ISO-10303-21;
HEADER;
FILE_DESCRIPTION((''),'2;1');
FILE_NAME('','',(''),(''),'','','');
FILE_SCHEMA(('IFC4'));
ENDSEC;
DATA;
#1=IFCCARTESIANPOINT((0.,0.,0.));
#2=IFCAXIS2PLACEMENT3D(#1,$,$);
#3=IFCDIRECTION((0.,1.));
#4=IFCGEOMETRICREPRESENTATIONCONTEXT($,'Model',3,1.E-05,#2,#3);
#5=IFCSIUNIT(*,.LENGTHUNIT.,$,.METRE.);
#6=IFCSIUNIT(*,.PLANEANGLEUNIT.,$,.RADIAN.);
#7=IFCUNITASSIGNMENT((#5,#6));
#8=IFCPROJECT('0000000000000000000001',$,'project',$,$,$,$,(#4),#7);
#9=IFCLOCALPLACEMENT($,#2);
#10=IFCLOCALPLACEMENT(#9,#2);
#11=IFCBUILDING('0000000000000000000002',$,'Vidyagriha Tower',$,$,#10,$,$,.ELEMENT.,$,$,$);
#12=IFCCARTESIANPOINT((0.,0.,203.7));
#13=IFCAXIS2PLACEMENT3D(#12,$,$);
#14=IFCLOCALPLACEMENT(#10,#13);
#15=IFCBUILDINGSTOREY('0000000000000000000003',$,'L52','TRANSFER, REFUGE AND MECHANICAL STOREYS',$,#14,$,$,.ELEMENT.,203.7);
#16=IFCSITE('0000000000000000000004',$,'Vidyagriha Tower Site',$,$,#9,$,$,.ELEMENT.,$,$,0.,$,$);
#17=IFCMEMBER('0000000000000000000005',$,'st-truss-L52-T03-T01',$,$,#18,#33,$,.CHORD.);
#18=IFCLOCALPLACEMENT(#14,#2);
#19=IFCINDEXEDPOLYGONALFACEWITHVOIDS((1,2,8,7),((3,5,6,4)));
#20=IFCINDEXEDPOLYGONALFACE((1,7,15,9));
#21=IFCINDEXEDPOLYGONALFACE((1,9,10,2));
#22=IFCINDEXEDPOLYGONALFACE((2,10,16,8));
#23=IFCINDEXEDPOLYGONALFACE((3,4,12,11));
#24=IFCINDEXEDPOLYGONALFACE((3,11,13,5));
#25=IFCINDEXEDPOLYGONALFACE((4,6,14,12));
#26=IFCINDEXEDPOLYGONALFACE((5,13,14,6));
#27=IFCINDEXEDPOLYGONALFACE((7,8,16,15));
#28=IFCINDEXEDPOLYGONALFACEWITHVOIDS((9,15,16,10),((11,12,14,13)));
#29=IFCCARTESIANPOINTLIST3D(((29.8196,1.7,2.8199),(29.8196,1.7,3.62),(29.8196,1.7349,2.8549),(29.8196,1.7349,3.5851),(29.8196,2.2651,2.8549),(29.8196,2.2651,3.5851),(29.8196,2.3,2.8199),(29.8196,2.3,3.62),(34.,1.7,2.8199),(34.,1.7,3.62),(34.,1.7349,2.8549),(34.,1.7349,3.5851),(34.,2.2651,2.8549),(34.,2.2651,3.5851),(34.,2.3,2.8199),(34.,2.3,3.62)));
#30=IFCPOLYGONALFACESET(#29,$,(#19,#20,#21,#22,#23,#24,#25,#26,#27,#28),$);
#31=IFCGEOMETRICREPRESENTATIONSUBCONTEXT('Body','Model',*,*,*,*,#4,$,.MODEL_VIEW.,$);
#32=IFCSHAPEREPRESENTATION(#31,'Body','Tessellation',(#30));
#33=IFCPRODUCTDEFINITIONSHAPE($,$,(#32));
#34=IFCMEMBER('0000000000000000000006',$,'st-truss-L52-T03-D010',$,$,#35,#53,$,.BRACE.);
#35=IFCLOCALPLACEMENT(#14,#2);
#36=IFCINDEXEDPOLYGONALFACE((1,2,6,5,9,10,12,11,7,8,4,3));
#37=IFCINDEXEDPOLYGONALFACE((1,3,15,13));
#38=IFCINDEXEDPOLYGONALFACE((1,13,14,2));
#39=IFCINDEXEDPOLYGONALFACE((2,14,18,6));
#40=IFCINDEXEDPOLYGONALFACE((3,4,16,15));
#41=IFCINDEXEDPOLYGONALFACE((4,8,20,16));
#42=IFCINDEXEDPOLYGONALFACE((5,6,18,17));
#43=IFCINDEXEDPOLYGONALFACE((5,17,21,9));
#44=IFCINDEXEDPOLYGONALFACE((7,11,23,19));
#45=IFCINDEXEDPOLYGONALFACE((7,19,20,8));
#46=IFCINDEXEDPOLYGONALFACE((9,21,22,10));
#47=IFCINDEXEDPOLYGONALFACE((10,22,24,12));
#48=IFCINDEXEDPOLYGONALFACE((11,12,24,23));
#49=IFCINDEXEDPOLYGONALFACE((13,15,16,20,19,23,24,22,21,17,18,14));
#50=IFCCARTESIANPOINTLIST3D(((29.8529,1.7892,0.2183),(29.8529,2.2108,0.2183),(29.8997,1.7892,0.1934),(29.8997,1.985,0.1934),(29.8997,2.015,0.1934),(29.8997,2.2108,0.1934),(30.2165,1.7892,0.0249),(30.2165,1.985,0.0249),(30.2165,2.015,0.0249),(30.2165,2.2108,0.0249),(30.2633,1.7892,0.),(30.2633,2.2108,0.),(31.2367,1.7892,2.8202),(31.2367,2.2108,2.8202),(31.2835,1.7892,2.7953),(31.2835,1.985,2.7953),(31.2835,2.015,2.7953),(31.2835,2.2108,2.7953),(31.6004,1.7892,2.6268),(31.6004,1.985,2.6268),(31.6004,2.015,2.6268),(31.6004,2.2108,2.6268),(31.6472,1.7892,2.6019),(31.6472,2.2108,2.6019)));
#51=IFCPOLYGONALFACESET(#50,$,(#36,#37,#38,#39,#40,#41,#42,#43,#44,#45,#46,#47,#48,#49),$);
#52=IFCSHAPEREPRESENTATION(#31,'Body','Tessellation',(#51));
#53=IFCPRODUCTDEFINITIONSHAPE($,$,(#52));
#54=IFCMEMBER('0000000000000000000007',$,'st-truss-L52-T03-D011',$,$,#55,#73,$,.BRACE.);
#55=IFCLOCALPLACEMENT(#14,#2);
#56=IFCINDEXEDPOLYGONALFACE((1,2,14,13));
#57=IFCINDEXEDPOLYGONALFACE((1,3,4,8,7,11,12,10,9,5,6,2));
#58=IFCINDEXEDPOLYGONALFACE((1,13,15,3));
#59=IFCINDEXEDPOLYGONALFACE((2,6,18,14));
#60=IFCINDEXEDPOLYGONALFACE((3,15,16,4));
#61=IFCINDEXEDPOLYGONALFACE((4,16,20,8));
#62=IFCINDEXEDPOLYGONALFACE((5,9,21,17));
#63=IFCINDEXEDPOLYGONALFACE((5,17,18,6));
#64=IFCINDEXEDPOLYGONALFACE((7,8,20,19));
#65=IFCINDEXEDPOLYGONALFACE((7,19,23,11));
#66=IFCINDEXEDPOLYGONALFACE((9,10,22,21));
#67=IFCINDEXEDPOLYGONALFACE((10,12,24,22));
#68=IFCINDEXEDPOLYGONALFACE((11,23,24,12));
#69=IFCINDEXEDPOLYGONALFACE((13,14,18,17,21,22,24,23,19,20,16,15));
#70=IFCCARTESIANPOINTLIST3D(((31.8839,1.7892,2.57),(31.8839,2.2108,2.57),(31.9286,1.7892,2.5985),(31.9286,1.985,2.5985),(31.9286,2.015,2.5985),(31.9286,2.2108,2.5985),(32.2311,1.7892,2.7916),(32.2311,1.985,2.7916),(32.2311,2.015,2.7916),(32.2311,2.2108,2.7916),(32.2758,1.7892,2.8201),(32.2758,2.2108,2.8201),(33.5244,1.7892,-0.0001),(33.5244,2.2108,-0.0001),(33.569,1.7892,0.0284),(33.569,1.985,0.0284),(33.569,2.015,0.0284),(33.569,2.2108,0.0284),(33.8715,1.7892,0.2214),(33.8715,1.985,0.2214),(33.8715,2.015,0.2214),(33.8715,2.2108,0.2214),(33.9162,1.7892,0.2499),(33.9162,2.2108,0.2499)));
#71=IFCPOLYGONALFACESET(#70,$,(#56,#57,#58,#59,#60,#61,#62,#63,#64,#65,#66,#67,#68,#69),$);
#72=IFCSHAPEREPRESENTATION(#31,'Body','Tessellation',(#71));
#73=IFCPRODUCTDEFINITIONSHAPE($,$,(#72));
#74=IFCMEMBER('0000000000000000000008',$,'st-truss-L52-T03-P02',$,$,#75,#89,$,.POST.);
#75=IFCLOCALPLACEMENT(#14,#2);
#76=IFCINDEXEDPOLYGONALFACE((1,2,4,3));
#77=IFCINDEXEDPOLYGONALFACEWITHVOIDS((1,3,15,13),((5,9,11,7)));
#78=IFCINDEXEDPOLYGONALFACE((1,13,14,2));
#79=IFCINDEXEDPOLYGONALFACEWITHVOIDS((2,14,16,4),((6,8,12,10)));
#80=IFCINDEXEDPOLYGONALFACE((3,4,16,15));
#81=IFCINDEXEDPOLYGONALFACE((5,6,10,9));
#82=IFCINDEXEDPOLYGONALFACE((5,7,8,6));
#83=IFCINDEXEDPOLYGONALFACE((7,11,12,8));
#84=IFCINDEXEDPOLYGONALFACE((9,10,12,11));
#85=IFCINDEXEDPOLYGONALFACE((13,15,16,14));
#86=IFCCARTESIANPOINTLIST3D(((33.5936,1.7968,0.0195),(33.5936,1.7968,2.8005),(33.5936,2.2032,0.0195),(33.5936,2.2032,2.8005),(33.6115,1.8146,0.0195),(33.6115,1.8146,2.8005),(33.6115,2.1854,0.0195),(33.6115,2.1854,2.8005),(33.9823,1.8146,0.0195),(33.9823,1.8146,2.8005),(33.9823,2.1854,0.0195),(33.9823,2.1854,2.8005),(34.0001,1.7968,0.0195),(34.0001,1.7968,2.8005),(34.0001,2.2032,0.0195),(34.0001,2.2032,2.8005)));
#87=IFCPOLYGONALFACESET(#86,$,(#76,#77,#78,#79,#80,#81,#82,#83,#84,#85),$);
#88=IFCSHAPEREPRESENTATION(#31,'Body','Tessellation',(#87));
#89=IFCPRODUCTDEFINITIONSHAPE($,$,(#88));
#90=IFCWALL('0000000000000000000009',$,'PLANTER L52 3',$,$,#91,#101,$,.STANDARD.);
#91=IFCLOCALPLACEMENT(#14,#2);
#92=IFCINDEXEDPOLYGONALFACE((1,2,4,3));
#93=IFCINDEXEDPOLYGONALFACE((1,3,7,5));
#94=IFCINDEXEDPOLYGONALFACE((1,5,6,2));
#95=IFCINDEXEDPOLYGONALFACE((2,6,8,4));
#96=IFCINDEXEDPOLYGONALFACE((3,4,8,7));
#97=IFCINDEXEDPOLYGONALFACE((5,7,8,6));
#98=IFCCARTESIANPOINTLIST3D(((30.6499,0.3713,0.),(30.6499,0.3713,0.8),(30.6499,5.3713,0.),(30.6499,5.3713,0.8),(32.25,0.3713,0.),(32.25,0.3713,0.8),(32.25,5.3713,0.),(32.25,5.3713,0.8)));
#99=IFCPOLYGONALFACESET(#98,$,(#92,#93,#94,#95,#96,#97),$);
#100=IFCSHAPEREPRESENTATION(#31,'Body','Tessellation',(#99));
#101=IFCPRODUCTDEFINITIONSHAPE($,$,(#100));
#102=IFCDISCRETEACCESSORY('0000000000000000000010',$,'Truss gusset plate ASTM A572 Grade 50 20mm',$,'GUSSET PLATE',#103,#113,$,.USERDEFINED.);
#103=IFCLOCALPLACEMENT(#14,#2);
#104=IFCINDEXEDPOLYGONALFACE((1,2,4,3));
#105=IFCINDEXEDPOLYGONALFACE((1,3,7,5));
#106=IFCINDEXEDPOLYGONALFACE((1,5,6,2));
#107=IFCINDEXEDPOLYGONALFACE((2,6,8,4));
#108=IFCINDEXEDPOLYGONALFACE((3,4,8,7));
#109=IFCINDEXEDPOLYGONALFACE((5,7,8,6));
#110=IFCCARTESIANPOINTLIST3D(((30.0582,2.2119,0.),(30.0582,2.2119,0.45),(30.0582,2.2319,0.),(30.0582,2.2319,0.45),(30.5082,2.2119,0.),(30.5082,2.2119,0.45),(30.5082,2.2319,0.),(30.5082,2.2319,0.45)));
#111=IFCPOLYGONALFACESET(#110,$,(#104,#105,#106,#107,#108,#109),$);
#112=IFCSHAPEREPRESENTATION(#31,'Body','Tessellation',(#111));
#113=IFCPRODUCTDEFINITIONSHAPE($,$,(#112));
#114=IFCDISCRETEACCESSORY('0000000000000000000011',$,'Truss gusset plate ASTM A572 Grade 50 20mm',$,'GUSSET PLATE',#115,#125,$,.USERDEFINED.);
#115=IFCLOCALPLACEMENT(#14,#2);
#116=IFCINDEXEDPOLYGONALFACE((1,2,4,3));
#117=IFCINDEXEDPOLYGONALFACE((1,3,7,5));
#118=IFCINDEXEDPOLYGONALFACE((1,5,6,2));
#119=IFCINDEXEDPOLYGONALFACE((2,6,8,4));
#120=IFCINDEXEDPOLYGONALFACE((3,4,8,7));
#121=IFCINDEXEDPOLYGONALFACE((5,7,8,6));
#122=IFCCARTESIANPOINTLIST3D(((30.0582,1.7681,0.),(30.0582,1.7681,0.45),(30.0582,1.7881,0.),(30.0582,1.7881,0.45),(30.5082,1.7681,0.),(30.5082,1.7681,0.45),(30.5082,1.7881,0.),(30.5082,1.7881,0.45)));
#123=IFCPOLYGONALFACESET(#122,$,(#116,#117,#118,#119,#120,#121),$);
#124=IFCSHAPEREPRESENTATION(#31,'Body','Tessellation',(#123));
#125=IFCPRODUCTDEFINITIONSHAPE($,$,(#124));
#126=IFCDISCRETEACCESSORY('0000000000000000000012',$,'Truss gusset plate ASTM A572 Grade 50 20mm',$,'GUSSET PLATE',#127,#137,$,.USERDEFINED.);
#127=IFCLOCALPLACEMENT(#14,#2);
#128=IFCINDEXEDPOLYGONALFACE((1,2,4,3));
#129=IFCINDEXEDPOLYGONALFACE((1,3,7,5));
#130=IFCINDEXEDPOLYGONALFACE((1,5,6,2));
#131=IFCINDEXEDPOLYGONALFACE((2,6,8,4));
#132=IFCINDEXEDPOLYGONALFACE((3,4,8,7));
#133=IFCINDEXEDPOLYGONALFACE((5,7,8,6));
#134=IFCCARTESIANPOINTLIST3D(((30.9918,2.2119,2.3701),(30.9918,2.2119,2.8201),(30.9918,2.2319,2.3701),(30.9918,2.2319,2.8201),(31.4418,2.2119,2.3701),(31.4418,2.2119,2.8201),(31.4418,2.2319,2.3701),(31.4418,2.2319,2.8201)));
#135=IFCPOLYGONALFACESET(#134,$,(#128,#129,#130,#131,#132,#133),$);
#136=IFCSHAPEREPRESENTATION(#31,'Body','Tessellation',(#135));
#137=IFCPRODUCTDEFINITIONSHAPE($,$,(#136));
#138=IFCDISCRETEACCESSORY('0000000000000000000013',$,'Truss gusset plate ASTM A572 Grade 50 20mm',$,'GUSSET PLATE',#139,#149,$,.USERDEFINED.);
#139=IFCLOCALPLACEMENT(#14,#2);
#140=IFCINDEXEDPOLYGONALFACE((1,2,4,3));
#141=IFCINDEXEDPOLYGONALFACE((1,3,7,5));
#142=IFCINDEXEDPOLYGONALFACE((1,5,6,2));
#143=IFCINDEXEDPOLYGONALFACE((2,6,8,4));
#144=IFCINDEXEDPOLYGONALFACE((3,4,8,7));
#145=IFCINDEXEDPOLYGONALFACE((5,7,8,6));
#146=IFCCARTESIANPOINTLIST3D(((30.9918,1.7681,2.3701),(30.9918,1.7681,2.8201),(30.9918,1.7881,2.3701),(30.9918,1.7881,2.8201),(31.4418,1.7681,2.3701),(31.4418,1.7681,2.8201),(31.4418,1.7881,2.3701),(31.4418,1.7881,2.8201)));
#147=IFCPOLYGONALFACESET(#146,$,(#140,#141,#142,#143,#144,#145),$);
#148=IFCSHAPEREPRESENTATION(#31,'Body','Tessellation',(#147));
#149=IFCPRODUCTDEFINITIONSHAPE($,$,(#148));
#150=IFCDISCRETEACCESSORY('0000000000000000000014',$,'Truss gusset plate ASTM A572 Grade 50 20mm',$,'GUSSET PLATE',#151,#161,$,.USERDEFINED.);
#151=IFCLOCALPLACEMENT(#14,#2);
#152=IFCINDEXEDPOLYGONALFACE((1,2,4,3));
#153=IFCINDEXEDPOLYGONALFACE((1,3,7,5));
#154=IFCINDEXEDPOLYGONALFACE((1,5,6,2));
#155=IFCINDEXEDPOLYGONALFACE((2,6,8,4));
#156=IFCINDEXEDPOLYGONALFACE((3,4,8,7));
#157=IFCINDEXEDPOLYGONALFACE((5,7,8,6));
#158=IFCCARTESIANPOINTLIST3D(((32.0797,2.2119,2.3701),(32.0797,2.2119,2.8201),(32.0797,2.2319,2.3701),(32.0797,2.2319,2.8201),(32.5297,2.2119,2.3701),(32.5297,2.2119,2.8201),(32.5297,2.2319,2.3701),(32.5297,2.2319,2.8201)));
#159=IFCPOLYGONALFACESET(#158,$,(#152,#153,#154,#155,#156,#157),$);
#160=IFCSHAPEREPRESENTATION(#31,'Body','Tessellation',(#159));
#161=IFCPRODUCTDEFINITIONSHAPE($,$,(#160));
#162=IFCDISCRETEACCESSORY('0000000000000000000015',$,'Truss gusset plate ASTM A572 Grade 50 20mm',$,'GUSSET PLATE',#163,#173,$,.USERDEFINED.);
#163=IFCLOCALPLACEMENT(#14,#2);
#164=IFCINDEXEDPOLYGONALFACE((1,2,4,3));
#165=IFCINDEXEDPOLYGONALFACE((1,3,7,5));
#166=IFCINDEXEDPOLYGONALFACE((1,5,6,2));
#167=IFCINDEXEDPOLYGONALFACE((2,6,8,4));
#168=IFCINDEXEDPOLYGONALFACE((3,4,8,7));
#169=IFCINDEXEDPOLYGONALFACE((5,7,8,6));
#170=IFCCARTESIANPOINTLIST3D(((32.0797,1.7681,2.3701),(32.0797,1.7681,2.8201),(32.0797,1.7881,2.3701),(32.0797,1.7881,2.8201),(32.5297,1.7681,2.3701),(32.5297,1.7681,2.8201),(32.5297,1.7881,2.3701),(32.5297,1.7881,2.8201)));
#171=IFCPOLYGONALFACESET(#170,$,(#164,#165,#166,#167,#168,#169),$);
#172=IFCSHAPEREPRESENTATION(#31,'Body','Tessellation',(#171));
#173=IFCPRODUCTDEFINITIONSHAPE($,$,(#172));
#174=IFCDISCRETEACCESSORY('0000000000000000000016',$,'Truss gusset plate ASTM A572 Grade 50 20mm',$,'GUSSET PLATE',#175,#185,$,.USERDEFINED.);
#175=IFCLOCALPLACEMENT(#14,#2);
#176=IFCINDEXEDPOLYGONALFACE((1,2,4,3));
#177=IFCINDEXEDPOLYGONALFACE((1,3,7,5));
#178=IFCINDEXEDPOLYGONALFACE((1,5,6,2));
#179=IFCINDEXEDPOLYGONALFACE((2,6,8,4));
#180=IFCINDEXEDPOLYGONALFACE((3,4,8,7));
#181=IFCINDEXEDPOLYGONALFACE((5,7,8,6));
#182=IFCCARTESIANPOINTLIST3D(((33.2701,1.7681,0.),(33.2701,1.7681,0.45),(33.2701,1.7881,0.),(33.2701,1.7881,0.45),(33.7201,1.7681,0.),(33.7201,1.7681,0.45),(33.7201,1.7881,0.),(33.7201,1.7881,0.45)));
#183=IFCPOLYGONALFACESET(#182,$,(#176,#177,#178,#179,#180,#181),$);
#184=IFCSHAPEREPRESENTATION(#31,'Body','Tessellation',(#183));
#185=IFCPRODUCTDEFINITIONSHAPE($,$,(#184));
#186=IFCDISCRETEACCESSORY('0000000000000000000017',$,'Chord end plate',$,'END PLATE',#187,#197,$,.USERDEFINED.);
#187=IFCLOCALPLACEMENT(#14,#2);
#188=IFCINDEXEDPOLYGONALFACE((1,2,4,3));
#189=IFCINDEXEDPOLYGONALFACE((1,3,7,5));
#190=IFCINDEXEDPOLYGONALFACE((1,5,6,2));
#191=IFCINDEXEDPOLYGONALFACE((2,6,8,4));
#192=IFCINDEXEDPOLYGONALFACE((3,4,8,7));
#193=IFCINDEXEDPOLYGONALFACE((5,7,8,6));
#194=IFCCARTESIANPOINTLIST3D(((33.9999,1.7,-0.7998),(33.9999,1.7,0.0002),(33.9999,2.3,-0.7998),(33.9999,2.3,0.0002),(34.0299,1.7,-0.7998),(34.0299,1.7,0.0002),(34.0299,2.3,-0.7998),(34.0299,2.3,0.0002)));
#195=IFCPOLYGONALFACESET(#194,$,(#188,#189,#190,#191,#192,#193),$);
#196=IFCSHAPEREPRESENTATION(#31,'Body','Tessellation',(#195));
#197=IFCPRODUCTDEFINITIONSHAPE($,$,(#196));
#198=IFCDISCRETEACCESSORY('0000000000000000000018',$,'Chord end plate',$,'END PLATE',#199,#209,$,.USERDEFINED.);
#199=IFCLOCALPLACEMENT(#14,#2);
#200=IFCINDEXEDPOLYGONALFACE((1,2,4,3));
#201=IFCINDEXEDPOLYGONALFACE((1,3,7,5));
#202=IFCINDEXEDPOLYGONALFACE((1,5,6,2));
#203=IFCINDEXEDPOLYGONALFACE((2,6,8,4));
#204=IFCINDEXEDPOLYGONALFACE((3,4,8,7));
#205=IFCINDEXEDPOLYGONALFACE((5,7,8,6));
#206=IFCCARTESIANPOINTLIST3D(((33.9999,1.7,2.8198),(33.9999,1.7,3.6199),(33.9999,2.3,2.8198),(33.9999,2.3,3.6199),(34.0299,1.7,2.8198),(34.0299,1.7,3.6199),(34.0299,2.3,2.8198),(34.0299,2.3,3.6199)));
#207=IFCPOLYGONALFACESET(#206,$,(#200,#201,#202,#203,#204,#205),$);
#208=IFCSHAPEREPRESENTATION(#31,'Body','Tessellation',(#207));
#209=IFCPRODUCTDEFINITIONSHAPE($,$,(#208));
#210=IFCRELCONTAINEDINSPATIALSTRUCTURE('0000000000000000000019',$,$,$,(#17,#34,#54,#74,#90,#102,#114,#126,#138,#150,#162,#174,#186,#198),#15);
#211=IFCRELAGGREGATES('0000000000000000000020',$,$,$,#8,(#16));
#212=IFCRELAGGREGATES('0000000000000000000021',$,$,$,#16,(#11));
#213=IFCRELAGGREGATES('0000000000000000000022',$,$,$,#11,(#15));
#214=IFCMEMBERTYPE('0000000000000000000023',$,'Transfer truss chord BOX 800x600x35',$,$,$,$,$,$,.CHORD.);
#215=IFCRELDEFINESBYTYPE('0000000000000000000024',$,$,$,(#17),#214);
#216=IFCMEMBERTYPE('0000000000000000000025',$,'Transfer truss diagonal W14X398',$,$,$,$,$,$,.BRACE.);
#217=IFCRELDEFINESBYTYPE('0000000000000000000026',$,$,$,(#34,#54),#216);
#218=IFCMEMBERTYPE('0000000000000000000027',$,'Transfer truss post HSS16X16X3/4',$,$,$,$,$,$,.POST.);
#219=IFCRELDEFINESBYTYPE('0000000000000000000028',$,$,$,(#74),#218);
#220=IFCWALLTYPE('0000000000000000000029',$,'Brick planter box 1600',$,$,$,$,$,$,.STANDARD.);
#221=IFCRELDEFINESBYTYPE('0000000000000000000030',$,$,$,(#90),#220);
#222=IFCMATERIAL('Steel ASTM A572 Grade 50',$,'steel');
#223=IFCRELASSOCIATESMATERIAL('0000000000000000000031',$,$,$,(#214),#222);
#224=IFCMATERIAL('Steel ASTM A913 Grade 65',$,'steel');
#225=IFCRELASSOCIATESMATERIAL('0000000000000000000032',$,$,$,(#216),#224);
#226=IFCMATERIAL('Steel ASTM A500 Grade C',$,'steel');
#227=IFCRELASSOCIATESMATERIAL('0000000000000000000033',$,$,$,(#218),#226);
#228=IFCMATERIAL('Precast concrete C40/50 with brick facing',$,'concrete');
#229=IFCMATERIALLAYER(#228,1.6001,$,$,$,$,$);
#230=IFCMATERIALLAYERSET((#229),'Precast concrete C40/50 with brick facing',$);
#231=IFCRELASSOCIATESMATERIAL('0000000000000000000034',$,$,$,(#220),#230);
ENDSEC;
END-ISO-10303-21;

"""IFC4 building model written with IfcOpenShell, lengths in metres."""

from ifc_helpers import new_model, si_unit, direction, frame, frame_2d, origin, origin_2d, place, context, subcontext, project, spatial, rectangle, hollow_rectangle, i_section, extrude, material, layer, layer_set, material_profile, profile_set, type_object, element, save


model = new_model("IFC4")

# Units and contexts
model_context = context("Model", 3, precision=1e-05, world=origin(), true_north=direction((0.0, 1.0)))
body_context = subcontext(model_context, "Body", "Model", "MODEL_VIEW")
ifc_project = project(units=[si_unit("LENGTHUNIT", "METRE"), si_unit("PLANEANGLEUNIT", "RADIAN")], contexts=[model_context])

# Site, building, storey
site_placement = place(None, origin())
site = spatial("IfcSite", under=ifc_project, at=site_placement, Name="Vidyagriha Tower Site", CompositionType="ELEMENT", RefElevation=0.0)
building_placement = place(site_placement, origin())
building = spatial("IfcBuilding", under=site, at=building_placement, Name="Vidyagriha Tower", CompositionType="ELEMENT")
storey_placement = place(building_placement, frame((0.0, 0.0, 203.7)))
storey = spatial("IfcBuildingStorey", under=building, at=storey_placement, Name="L52", Description="TRANSFER, REFUGE AND MECHANICAL STOREYS", CompositionType="ELEMENT", Elevation=203.7)

# Members
ifc_material_1 = material(Name="Steel ASTM A572 Grade 50", Category="steel")
ifc_material_profile_1 = material_profile(ifc_material_1, hollow_rectangle(XDim=0.6001, YDim=0.8, WallThickness=0.0349, at=origin_2d()), Name="BOX 800x600x35")
ifc_profile_set_1 = profile_set([ifc_material_profile_1], Name="Steel ASTM A572 Grade 50")
member_type_1 = type_object("IfcMemberType", Name="Transfer truss chord BOX 800x600x35", PredefinedType="CHORD", material=ifc_profile_set_1)
member_1_placement = place(storey_placement, frame((29.8196, 2.0, 3.22), z_axis=(1.0, 0.0, 0.0), x_axis=(0.0, 1.0, 0.0)))
element("IfcMember", 1, at=member_1_placement, inside=storey, type_object=member_type_1, Name="st-truss-L52-T03-T01", PredefinedType="CHORD", context=body_context, shape_type="SweptSolid", body=[
    extrude(hollow_rectangle(XDim=0.6001, YDim=0.8, WallThickness=0.0349, at=origin_2d()), origin(), (0.0, 0.0, 1.0), 4.1804),
])
ifc_material_2 = material(Name="Steel ASTM A913 Grade 65", Category="steel")
ifc_material_profile_2 = material_profile(ifc_material_2, i_section(OverallWidth=0.4216, OverallDepth=0.4648, WebThickness=0.03, FlangeThickness=0.053, at=origin_2d()), Name="W14X398")
ifc_profile_set_2 = profile_set([ifc_material_profile_2], Name="Steel ASTM A913 Grade 65")
member_type_2 = type_object("IfcMemberType", Name="Transfer truss diagonal W14X398", PredefinedType="BRACE", material=ifc_profile_set_2)
member_2_placement = place(storey_placement, frame((30.0581, 2.0, 0.1091), z_axis=(0.469573, 0.0, 0.882894), x_axis=(0.0, 1.0, 0.0)))
element("IfcMember", 2, at=member_2_placement, inside=storey, type_object=member_type_2, Name="st-truss-L52-T03-D010", PredefinedType="BRACE", context=body_context, shape_type="SweptSolid", body=[
    extrude(i_section(OverallWidth=0.4216, OverallDepth=0.4648, WebThickness=0.03, FlangeThickness=0.053, at=origin_2d()), origin(), (0.0, 0.0, 1.0), 2.947),
])
member_3_placement = place(storey_placement, frame((32.0798, 2.0, 2.6951), z_axis=(0.538015, 0.0, -0.842935), x_axis=(0.0, 1.0, 0.0)))
element("IfcMember", 3, at=member_3_placement, inside=storey, type_object=member_type_2, Name="st-truss-L52-T03-D011", PredefinedType="BRACE", context=body_context, shape_type="SweptSolid", body=[
    extrude(i_section(OverallWidth=0.4216, OverallDepth=0.4648, WebThickness=0.03, FlangeThickness=0.053, at=origin_2d()), origin(), (0.0, 0.0, 1.0), 3.0491),
])
ifc_material_3 = material(Name="Steel ASTM A500 Grade C", Category="steel")
ifc_material_profile_3 = material_profile(ifc_material_3, hollow_rectangle(XDim=0.4065, YDim=0.4065, WallThickness=0.0178, at=origin_2d()), Name="HSS16X16X3/4")
ifc_profile_set_3 = profile_set([ifc_material_profile_3], Name="Steel ASTM A500 Grade C")
member_type_3 = type_object("IfcMemberType", Name="Transfer truss post HSS16X16X3/4", PredefinedType="POST", material=ifc_profile_set_3)
member_4_placement = place(storey_placement, frame((33.7969, 2.0, 0.0195)))
element("IfcMember", 4, at=member_4_placement, inside=storey, type_object=member_type_3, Name="st-truss-L52-T03-P02", PredefinedType="POST", context=body_context, shape_type="SweptSolid", body=[
    extrude(hollow_rectangle(XDim=0.4065, YDim=0.4065, WallThickness=0.0178, at=origin_2d()), origin(), (0.0, 0.0, 1.0), 2.781),
])

# Wall
ifc_material_4 = material(Name="Precast concrete C40/50 with brick facing", Category="concrete")
ifc_layer = layer(ifc_material_4, 1.6001)
ifc_layer_set = layer_set([ifc_layer], Name="Precast concrete C40/50 with brick facing")
wall_type = type_object("IfcWallType", Name="Brick planter box 1600", PredefinedType="STANDARD", material=ifc_layer_set)
wall_placement = place(storey_placement, frame((31.45, 0.3713, 0.0), z_axis=(0.0, 0.0, 1.0), x_axis=(0.0, 1.0, 0.0)))
element("IfcWall", 5, at=wall_placement, inside=storey, type_object=wall_type, Name="PLANTER L52 3", PredefinedType="STANDARD", context=body_context, shape_type="SweptSolid", body=[
    extrude(rectangle(XDim=5.0, YDim=1.6001, at=frame_2d((2.5, 0.0))), origin(), (0.0, 0.0, 1.0), 0.8),
])

# Discrete accessories
for number, where, name in (
    (6, (30.2832, 2.2219, 0.0), "Truss gusset plate ASTM A572 Grade 50 20mm"),
    (7, (30.2832, 1.7781, 0.0), "Truss gusset plate ASTM A572 Grade 50 20mm"),
    (8, (31.2168, 2.2219, 2.3701), "Truss gusset plate ASTM A572 Grade 50 20mm"),
    (9, (31.2168, 1.7781, 2.3701), "Truss gusset plate ASTM A572 Grade 50 20mm"),
    (10, (32.3047, 2.2219, 2.3701), "Truss gusset plate ASTM A572 Grade 50 20mm"),
    (11, (32.3047, 1.7781, 2.3701), "Truss gusset plate ASTM A572 Grade 50 20mm"),
    (12, (33.4951, 1.7781, 0.0), "Truss gusset plate ASTM A572 Grade 50 20mm"),
):
    element("IfcDiscreteAccessory", number, at=place(storey_placement, frame(where)), inside=storey, Name=name, ObjectType="GUSSET PLATE", PredefinedType="USERDEFINED", context=body_context, shape_type="SweptSolid", body=[
        extrude(rectangle(XDim=0.45, YDim=0.02, at=origin_2d()), origin(), (0.0, 0.0, 1.0), 0.45),
    ])
for number, where, name in (
    (13, (34.0149, 2.0, -0.7998), "Chord end plate"),
    (14, (34.0149, 2.0, 2.8198), "Chord end plate"),
):
    element("IfcDiscreteAccessory", number, at=place(storey_placement, frame(where)), inside=storey, Name=name, ObjectType="END PLATE", PredefinedType="USERDEFINED", context=body_context, shape_type="SweptSolid", body=[
        extrude(rectangle(XDim=0.03, YDim=0.6001, at=origin_2d()), origin(), (0.0, 0.0, 1.0), 0.8),
    ])

save(model, "model.ifc")
